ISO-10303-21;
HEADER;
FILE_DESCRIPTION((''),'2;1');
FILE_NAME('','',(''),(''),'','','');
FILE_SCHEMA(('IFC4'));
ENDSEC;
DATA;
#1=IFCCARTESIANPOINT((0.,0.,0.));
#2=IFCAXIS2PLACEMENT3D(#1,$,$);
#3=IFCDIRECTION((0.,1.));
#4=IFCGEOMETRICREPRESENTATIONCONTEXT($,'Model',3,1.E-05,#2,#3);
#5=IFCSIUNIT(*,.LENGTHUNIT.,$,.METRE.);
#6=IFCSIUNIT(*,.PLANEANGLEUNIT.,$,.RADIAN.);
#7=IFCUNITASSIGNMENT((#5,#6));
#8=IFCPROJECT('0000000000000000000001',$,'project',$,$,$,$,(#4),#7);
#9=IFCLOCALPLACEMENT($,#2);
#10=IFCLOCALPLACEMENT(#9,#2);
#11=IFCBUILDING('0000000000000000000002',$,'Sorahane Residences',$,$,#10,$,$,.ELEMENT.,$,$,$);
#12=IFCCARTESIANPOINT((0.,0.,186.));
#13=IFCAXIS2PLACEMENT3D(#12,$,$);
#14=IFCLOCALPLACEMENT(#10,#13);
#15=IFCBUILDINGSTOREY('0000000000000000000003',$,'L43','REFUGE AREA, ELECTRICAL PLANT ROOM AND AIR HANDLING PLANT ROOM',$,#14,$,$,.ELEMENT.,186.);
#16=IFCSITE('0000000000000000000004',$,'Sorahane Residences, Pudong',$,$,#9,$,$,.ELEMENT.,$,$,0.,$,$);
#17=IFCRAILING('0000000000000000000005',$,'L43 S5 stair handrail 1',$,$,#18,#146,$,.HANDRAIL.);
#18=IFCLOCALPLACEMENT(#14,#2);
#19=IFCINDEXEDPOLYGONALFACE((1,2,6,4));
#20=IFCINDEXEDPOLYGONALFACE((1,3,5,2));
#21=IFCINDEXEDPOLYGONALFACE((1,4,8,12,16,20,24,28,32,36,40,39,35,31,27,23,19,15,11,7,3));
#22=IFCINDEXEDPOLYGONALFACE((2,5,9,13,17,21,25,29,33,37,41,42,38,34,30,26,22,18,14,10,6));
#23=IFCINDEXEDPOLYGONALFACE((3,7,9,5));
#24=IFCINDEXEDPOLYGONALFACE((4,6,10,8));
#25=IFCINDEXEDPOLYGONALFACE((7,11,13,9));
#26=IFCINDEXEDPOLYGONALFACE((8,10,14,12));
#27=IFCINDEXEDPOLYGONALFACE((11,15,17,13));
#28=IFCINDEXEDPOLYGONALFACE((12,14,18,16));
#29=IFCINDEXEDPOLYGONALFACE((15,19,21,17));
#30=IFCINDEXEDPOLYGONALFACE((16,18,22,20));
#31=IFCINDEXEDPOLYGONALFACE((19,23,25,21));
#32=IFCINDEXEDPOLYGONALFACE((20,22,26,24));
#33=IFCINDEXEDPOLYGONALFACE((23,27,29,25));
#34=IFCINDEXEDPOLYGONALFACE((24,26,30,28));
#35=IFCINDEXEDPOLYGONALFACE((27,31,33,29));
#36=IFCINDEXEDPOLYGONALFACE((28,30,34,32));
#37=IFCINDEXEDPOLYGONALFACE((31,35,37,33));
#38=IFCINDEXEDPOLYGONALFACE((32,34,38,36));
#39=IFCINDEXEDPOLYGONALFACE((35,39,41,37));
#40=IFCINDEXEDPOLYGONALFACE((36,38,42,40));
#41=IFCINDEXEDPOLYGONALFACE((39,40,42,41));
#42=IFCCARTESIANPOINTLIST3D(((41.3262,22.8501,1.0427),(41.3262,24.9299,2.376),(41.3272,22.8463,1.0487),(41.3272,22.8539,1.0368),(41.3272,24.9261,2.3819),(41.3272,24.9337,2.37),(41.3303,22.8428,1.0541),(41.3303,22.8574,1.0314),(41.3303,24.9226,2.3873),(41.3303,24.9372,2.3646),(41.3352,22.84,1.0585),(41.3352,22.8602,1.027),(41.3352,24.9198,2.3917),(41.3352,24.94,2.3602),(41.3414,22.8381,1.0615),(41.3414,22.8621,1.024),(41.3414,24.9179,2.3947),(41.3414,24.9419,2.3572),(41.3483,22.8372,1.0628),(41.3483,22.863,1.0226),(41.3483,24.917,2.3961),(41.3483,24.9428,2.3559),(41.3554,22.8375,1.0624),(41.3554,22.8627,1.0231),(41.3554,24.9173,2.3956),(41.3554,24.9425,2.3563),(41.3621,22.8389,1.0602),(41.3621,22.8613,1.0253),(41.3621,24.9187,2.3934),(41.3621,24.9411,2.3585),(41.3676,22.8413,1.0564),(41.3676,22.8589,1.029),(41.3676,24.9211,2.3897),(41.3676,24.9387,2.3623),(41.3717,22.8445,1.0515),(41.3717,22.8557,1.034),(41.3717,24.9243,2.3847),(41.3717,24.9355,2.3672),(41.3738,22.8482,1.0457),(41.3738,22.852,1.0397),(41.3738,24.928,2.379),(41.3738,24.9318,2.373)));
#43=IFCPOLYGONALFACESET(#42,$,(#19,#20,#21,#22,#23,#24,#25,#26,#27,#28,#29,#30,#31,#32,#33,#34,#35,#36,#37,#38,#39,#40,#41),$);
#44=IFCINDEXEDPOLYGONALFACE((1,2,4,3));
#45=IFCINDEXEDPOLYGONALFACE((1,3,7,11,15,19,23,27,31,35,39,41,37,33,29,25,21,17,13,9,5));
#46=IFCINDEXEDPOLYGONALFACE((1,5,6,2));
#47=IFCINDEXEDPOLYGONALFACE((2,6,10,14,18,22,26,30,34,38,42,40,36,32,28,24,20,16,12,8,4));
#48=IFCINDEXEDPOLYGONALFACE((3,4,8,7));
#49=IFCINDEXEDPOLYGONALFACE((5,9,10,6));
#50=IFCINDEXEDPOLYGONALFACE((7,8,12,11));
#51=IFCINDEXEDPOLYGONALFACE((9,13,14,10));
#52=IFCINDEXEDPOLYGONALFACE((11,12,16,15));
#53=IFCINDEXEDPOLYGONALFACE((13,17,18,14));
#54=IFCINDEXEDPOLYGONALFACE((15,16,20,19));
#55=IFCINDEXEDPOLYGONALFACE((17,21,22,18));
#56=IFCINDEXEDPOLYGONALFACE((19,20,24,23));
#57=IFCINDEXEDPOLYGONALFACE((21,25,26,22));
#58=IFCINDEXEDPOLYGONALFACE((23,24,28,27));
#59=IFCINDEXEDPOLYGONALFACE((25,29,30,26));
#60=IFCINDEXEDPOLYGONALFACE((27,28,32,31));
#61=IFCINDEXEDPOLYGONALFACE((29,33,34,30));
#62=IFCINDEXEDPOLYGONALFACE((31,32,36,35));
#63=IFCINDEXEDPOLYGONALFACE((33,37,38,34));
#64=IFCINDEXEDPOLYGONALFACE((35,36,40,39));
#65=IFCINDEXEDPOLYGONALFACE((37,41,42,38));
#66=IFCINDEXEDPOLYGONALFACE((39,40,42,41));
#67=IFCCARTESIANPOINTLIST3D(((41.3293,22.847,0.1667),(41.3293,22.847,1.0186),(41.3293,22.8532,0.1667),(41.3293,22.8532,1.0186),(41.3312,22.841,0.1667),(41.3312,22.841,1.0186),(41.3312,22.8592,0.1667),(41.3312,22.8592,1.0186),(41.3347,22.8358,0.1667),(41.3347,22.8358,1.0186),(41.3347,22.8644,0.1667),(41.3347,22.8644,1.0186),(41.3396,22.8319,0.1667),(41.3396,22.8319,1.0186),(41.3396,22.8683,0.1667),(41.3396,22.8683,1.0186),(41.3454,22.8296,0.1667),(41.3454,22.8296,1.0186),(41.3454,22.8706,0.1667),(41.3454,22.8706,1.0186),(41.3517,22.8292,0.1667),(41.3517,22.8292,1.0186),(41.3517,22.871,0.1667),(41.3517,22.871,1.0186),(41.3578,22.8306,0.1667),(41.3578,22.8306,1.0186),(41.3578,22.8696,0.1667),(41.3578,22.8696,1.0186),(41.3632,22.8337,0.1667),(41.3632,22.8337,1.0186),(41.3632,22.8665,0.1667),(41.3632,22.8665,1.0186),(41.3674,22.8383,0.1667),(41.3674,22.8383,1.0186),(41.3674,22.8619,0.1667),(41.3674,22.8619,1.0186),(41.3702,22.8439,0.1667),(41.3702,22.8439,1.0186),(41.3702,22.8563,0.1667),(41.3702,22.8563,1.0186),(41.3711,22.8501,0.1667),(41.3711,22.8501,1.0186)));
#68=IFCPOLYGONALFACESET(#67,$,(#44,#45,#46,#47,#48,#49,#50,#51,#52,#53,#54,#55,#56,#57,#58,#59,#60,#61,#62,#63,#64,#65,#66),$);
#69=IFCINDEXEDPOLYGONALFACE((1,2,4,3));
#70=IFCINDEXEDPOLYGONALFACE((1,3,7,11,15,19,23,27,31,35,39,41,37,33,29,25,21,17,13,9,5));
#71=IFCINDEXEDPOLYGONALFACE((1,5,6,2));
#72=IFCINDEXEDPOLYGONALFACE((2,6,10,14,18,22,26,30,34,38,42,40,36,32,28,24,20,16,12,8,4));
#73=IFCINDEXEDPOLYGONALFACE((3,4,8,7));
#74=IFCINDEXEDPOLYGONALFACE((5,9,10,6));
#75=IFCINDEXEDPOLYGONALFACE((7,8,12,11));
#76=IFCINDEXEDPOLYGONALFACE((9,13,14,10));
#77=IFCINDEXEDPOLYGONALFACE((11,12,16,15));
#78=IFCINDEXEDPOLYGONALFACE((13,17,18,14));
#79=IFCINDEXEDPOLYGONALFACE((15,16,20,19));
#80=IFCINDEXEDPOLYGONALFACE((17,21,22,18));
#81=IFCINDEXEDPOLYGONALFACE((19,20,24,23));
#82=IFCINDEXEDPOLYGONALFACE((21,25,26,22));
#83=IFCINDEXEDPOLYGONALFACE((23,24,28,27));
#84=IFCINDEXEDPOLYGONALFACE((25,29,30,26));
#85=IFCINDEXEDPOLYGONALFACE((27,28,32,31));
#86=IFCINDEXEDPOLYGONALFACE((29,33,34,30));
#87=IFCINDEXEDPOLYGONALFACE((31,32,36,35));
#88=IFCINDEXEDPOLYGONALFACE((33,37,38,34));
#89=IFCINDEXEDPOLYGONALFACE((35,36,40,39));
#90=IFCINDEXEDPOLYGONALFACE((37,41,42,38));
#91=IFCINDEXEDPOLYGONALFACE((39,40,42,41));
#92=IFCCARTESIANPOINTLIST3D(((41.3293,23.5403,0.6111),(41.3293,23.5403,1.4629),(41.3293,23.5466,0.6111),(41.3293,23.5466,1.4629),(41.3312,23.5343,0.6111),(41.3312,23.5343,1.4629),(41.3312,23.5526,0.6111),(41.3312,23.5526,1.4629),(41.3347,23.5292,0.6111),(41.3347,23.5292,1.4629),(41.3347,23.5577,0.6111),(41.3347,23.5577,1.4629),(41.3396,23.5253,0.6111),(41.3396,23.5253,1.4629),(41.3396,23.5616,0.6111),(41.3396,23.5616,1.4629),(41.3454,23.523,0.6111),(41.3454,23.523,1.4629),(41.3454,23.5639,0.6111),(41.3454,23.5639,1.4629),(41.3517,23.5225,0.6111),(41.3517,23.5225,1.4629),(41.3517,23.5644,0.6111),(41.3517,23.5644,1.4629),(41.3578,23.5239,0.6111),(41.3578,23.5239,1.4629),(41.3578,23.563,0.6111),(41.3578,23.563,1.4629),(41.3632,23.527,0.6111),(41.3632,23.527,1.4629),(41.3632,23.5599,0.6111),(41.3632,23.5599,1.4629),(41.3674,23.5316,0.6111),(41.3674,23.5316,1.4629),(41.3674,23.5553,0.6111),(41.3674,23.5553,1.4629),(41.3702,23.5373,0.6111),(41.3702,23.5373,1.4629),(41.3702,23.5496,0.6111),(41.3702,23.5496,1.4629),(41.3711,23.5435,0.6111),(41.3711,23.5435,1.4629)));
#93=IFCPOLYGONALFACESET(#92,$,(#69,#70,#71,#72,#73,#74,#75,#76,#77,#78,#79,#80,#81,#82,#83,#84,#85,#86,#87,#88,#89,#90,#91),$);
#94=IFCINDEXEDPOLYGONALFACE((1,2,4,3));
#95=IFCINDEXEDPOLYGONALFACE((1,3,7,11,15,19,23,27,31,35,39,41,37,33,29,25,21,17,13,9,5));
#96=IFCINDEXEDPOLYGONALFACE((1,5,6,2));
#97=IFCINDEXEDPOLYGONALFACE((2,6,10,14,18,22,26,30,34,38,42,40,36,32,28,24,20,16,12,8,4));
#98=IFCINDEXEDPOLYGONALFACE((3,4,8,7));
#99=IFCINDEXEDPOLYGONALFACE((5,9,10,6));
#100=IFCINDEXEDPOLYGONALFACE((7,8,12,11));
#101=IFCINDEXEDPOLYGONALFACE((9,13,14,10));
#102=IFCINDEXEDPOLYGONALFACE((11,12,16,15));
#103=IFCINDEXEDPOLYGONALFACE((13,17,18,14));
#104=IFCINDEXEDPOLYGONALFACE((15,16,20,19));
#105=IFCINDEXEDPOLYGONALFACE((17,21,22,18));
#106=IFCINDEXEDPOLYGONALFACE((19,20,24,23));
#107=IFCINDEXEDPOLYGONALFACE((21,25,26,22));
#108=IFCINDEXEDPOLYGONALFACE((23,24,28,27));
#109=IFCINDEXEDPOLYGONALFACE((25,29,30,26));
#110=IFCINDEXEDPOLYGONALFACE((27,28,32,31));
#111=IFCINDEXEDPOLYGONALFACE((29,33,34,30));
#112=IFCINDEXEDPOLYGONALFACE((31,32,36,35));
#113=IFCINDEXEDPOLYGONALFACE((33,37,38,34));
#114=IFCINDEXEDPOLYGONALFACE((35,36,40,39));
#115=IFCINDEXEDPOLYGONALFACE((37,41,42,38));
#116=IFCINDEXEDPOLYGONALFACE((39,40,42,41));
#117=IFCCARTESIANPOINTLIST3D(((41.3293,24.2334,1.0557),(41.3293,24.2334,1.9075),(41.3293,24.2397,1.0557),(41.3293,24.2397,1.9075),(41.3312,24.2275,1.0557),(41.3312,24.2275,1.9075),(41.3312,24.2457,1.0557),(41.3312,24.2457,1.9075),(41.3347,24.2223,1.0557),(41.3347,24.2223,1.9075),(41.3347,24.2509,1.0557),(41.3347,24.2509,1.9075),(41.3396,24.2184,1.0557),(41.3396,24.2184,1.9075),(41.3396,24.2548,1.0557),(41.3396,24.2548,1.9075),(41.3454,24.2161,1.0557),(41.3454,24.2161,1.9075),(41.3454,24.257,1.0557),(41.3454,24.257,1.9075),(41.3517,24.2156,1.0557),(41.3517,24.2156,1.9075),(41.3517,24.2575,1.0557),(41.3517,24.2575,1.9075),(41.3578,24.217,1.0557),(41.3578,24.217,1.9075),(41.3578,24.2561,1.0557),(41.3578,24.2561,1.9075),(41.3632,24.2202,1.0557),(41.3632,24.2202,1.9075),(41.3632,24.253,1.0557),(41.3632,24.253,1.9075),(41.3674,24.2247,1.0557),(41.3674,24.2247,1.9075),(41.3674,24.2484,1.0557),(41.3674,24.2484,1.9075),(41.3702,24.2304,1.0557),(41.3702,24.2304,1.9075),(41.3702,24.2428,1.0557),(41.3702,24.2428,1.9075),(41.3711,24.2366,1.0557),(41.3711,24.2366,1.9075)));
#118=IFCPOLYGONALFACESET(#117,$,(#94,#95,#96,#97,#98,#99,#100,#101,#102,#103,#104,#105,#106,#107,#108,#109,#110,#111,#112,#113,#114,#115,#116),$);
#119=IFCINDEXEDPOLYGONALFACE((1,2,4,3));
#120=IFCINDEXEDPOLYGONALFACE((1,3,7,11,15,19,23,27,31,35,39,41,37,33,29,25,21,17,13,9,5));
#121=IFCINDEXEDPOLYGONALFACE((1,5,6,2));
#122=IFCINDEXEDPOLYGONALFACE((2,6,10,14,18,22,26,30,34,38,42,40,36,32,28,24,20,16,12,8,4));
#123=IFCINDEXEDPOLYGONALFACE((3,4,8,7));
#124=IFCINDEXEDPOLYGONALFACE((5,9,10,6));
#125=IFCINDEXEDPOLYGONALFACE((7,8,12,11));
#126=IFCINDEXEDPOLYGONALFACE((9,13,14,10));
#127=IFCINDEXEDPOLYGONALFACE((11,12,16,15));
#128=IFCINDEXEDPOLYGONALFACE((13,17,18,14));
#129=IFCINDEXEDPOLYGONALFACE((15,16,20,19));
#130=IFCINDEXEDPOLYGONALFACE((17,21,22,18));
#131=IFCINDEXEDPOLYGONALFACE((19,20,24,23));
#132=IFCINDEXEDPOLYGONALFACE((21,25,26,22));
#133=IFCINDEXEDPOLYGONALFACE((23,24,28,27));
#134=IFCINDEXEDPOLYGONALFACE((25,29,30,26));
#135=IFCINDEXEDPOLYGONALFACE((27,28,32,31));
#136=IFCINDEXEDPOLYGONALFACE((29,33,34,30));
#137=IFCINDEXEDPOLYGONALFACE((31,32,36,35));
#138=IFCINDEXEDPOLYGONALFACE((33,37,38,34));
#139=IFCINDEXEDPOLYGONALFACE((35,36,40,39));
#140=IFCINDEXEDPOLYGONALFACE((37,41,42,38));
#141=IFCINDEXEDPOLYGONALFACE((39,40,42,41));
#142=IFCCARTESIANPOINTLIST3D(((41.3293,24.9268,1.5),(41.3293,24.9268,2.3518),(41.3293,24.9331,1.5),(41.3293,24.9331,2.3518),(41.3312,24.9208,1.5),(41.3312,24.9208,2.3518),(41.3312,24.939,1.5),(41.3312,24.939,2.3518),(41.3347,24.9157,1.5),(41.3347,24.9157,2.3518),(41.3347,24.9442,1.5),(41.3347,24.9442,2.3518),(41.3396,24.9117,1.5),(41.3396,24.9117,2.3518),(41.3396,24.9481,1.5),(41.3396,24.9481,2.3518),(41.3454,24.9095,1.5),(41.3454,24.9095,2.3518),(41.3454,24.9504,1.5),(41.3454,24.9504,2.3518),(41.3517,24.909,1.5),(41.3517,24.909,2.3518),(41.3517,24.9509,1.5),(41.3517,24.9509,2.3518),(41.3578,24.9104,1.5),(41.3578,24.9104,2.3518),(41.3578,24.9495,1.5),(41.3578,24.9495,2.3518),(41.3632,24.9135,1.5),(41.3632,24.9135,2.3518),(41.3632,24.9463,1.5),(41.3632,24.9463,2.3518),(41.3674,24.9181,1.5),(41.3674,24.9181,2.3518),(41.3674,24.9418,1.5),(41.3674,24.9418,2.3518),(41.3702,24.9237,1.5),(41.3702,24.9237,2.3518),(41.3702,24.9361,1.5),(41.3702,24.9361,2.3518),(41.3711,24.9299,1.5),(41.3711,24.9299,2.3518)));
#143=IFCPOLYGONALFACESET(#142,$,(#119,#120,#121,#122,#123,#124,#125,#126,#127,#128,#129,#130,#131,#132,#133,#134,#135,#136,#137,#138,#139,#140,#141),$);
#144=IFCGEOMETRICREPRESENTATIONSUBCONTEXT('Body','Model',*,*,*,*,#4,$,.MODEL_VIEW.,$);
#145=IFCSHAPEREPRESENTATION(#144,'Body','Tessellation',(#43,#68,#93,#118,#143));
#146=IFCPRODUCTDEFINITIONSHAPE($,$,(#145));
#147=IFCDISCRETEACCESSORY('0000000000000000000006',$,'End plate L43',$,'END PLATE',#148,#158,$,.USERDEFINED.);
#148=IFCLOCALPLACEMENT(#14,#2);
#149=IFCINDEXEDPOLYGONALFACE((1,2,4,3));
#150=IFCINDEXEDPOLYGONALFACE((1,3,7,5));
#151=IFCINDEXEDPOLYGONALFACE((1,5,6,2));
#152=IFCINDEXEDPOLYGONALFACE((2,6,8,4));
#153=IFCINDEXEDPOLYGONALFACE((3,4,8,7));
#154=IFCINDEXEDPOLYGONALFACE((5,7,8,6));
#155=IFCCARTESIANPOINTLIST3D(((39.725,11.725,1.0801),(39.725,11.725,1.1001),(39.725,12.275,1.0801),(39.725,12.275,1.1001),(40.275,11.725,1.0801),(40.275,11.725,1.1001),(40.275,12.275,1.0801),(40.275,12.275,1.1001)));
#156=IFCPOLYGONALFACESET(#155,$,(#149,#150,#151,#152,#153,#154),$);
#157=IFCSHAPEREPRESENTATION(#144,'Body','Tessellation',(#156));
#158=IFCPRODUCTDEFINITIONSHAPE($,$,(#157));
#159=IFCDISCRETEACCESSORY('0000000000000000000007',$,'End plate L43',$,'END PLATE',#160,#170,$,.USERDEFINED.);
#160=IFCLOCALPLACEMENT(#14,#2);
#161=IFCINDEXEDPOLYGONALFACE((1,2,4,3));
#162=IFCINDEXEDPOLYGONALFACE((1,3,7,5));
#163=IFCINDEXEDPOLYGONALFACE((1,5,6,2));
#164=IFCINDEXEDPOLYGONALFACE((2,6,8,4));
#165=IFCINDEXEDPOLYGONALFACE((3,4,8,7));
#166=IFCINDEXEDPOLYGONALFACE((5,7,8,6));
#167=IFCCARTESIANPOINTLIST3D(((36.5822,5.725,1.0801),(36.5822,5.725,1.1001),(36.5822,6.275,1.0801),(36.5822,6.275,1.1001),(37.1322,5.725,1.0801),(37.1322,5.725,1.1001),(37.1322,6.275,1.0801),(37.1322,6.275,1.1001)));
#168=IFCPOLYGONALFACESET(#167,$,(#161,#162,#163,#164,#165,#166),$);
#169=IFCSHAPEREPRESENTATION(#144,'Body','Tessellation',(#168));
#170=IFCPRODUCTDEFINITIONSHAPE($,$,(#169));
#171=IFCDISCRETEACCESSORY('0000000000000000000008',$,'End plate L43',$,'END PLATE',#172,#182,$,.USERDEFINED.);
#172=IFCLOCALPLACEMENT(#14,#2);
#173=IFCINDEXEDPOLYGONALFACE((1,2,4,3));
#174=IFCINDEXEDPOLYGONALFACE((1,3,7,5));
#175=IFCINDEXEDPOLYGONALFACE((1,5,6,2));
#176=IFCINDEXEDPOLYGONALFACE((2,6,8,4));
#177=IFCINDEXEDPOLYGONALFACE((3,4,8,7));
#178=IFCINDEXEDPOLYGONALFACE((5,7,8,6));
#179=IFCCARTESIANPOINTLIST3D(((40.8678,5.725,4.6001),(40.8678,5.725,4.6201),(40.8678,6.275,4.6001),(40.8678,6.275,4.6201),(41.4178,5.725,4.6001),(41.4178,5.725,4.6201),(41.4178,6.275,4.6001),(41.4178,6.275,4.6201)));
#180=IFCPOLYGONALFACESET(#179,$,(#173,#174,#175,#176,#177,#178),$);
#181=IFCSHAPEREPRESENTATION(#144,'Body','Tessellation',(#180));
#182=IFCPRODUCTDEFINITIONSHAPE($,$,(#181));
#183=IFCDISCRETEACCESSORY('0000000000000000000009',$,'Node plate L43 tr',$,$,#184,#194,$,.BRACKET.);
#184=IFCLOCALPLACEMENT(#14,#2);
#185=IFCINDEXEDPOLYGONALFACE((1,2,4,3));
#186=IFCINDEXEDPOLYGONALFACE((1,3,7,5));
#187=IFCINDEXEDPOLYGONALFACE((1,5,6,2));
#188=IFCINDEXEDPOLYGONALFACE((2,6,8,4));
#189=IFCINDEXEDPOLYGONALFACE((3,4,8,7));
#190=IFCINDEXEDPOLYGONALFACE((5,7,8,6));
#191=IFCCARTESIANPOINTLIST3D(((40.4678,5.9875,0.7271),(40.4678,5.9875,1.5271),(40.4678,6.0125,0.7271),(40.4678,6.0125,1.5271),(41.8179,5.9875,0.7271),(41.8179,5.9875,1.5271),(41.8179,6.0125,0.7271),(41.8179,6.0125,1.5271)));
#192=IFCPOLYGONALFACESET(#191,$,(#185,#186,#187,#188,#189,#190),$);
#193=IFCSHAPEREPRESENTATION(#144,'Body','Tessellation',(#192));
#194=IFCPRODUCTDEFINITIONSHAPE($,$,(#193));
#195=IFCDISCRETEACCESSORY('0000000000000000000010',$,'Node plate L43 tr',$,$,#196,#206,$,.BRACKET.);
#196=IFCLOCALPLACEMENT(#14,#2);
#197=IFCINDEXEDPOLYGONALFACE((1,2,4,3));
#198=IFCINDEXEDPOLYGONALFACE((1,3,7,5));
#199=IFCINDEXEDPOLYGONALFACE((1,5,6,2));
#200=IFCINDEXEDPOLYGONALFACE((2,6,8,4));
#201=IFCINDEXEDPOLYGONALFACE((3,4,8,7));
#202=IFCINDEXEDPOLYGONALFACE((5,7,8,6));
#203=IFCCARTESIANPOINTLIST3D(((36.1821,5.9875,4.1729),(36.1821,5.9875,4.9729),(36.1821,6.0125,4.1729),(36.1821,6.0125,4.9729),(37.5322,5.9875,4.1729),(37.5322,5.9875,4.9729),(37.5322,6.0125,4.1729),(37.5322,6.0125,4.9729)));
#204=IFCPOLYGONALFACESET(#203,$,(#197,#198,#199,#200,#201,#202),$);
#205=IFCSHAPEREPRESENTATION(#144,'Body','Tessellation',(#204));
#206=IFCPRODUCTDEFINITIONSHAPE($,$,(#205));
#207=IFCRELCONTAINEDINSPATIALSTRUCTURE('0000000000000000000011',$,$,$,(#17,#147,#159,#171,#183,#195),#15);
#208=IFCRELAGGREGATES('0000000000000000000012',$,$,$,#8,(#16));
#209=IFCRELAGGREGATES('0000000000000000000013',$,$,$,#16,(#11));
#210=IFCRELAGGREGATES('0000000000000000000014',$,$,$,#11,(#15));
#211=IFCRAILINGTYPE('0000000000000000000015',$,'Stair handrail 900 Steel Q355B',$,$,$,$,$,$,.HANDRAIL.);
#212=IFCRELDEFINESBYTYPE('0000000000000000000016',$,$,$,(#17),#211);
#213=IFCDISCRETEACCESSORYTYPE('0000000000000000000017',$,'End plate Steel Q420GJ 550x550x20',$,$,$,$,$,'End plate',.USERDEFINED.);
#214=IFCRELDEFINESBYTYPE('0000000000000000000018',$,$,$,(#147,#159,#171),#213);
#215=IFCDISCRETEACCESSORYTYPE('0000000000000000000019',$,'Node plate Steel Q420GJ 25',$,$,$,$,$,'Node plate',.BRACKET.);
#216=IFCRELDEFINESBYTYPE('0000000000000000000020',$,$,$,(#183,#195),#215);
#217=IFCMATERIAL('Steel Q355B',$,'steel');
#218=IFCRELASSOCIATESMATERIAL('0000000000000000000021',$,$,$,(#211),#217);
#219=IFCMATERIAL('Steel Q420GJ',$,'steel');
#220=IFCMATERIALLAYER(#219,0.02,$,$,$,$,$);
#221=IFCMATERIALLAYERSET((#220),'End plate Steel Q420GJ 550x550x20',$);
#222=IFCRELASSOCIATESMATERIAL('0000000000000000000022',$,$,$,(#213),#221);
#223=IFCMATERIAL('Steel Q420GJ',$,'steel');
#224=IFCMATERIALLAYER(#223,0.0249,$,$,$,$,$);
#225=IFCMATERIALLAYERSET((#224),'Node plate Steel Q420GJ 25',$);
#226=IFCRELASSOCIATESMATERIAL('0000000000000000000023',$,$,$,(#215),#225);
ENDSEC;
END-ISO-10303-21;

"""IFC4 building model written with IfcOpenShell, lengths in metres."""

from ifc_helpers import new_model, si_unit, direction, frame, origin, origin_2d, place, context, subcontext, project, spatial, rectangle, circle, extrude, material, layer, layer_set, type_object, element, save


model = new_model("IFC4")

# Units and contexts
model_context = context("Model", 3, precision=1e-05, world=origin(), true_north=direction((0.0, 1.0)))
body_context = subcontext(model_context, "Body", "Model", "MODEL_VIEW")
ifc_project = project(units=[si_unit("LENGTHUNIT", "METRE"), si_unit("PLANEANGLEUNIT", "RADIAN")], contexts=[model_context])

# Site, building, storey
site_placement = place(None, origin())
site = spatial("IfcSite", under=ifc_project, at=site_placement, Name="Sorahane Residences, Pudong", CompositionType="ELEMENT", RefElevation=0.0)
building_placement = place(site_placement, origin())
building = spatial("IfcBuilding", under=site, at=building_placement, Name="Sorahane Residences", CompositionType="ELEMENT")
storey_placement = place(building_placement, frame((0.0, 0.0, 186.0)))
storey = spatial("IfcBuildingStorey", under=building, at=storey_placement, Name="L43", Description="REFUGE AREA, ELECTRICAL PLANT ROOM AND AIR HANDLING PLANT ROOM", CompositionType="ELEMENT", Elevation=186.0)

# Railing
ifc_material_1 = material(Name="Steel Q355B", Category="steel")
railing_type_1 = type_object("IfcRailingType", Name="Stair handrail 900 Steel Q355B", PredefinedType="HANDRAIL", material=ifc_material_1)
railing_1_placement = place(storey_placement, frame((41.3501, 22.8501, 0.1667)))
element("IfcRailing", 1, at=railing_1_placement, inside=storey, type_object=railing_type_1, Name="L43 S5 stair handrail 1", PredefinedType="HANDRAIL", context=body_context, shape_type="SweptSolid", body=[
    extrude(circle(Radius=0.0239, at=origin_2d()), frame((0.0, 0.0, 0.876), z_axis=(0.0, 0.841875, 0.539673), x_axis=(-1.0, 0.0, 0.0)), (0.0, 0.0, 1.0), 2.4705),
    extrude(circle(Radius=0.021, at=origin_2d()), origin(), (0.0, 0.0, 1.0), 0.8518),
    extrude(circle(Radius=0.021, at=origin_2d()), frame((0.0, 0.6934, 0.4443)), (0.0, 0.0, 1.0), 0.8518),
    extrude(circle(Radius=0.021, at=origin_2d()), frame((0.0, 1.3865, 0.8889)), (0.0, 0.0, 1.0), 0.8518),
    extrude(circle(Radius=0.021, at=origin_2d()), frame((0.0, 2.0798, 1.3333)), (0.0, 0.0, 1.0), 0.8518),
])

# Discrete accessories
ifc_material_2 = material(Name="Steel Q420GJ", Category="steel")
ifc_layer_1 = layer(ifc_material_2, 0.02)
ifc_layer_set_1 = layer_set([ifc_layer_1], Name="End plate Steel Q420GJ 550x550x20")
discrete_accessory_type_1 = type_object("IfcDiscreteAccessoryType", Name="End plate Steel Q420GJ 550x550x20", ElementType="End plate", PredefinedType="USERDEFINED", material=ifc_layer_set_1)
for number, where, z_axis, x_axis, name in (
    (2, (40.0, 12.0, 1.0801), (0.0, 0.0, 1.0), (1.0, 0.0, 0.0), "End plate L43"),
    (3, (36.8572, 6.0, 1.0801), (0.0, 0.0, 1.0), (1.0, 0.0, 0.0), "End plate L43"),
    (4, (41.1428, 6.0, 4.6001), (0.0, 0.0, 1.0), (1.0, 0.0, 0.0), "End plate L43"),
):
    element("IfcDiscreteAccessory", number, at=place(storey_placement, frame(where, z_axis=z_axis, x_axis=x_axis)), inside=storey, type_object=discrete_accessory_type_1, Name=name, ObjectType="END PLATE", PredefinedType="USERDEFINED", context=body_context, shape_type="SweptSolid", body=[
        extrude(rectangle(XDim=0.55, YDim=0.55, at=origin_2d()), origin(), (0.0, 0.0, 1.0), 0.02),
    ])
ifc_material_3 = material(Name="Steel Q420GJ", Category="steel")
ifc_layer_2 = layer(ifc_material_3, 0.0249)
ifc_layer_set_2 = layer_set([ifc_layer_2], Name="Node plate Steel Q420GJ 25")
discrete_accessory_type_2 = type_object("IfcDiscreteAccessoryType", Name="Node plate Steel Q420GJ 25", ElementType="Node plate", PredefinedType="BRACKET", material=ifc_layer_set_2)
for number, where, z_axis, x_axis, name in (
    (5, (41.1428, 6.0, 0.7271), (0.0, 0.0, 1.0), (1.0, 0.0, 0.0), "Node plate L43 tr"),
    (6, (36.8572, 6.0, 4.1729), (0.0, 0.0, 1.0), (1.0, 0.0, 0.0), "Node plate L43 tr"),
):
    element("IfcDiscreteAccessory", number, at=place(storey_placement, frame(where, z_axis=z_axis, x_axis=x_axis)), inside=storey, type_object=discrete_accessory_type_2, Name=name, PredefinedType="BRACKET", context=body_context, shape_type="SweptSolid", body=[
        extrude(rectangle(XDim=1.3501, YDim=0.0249, at=origin_2d()), origin(), (0.0, 0.0, 1.0), 0.8),
    ])

save(model, "model.ifc")
